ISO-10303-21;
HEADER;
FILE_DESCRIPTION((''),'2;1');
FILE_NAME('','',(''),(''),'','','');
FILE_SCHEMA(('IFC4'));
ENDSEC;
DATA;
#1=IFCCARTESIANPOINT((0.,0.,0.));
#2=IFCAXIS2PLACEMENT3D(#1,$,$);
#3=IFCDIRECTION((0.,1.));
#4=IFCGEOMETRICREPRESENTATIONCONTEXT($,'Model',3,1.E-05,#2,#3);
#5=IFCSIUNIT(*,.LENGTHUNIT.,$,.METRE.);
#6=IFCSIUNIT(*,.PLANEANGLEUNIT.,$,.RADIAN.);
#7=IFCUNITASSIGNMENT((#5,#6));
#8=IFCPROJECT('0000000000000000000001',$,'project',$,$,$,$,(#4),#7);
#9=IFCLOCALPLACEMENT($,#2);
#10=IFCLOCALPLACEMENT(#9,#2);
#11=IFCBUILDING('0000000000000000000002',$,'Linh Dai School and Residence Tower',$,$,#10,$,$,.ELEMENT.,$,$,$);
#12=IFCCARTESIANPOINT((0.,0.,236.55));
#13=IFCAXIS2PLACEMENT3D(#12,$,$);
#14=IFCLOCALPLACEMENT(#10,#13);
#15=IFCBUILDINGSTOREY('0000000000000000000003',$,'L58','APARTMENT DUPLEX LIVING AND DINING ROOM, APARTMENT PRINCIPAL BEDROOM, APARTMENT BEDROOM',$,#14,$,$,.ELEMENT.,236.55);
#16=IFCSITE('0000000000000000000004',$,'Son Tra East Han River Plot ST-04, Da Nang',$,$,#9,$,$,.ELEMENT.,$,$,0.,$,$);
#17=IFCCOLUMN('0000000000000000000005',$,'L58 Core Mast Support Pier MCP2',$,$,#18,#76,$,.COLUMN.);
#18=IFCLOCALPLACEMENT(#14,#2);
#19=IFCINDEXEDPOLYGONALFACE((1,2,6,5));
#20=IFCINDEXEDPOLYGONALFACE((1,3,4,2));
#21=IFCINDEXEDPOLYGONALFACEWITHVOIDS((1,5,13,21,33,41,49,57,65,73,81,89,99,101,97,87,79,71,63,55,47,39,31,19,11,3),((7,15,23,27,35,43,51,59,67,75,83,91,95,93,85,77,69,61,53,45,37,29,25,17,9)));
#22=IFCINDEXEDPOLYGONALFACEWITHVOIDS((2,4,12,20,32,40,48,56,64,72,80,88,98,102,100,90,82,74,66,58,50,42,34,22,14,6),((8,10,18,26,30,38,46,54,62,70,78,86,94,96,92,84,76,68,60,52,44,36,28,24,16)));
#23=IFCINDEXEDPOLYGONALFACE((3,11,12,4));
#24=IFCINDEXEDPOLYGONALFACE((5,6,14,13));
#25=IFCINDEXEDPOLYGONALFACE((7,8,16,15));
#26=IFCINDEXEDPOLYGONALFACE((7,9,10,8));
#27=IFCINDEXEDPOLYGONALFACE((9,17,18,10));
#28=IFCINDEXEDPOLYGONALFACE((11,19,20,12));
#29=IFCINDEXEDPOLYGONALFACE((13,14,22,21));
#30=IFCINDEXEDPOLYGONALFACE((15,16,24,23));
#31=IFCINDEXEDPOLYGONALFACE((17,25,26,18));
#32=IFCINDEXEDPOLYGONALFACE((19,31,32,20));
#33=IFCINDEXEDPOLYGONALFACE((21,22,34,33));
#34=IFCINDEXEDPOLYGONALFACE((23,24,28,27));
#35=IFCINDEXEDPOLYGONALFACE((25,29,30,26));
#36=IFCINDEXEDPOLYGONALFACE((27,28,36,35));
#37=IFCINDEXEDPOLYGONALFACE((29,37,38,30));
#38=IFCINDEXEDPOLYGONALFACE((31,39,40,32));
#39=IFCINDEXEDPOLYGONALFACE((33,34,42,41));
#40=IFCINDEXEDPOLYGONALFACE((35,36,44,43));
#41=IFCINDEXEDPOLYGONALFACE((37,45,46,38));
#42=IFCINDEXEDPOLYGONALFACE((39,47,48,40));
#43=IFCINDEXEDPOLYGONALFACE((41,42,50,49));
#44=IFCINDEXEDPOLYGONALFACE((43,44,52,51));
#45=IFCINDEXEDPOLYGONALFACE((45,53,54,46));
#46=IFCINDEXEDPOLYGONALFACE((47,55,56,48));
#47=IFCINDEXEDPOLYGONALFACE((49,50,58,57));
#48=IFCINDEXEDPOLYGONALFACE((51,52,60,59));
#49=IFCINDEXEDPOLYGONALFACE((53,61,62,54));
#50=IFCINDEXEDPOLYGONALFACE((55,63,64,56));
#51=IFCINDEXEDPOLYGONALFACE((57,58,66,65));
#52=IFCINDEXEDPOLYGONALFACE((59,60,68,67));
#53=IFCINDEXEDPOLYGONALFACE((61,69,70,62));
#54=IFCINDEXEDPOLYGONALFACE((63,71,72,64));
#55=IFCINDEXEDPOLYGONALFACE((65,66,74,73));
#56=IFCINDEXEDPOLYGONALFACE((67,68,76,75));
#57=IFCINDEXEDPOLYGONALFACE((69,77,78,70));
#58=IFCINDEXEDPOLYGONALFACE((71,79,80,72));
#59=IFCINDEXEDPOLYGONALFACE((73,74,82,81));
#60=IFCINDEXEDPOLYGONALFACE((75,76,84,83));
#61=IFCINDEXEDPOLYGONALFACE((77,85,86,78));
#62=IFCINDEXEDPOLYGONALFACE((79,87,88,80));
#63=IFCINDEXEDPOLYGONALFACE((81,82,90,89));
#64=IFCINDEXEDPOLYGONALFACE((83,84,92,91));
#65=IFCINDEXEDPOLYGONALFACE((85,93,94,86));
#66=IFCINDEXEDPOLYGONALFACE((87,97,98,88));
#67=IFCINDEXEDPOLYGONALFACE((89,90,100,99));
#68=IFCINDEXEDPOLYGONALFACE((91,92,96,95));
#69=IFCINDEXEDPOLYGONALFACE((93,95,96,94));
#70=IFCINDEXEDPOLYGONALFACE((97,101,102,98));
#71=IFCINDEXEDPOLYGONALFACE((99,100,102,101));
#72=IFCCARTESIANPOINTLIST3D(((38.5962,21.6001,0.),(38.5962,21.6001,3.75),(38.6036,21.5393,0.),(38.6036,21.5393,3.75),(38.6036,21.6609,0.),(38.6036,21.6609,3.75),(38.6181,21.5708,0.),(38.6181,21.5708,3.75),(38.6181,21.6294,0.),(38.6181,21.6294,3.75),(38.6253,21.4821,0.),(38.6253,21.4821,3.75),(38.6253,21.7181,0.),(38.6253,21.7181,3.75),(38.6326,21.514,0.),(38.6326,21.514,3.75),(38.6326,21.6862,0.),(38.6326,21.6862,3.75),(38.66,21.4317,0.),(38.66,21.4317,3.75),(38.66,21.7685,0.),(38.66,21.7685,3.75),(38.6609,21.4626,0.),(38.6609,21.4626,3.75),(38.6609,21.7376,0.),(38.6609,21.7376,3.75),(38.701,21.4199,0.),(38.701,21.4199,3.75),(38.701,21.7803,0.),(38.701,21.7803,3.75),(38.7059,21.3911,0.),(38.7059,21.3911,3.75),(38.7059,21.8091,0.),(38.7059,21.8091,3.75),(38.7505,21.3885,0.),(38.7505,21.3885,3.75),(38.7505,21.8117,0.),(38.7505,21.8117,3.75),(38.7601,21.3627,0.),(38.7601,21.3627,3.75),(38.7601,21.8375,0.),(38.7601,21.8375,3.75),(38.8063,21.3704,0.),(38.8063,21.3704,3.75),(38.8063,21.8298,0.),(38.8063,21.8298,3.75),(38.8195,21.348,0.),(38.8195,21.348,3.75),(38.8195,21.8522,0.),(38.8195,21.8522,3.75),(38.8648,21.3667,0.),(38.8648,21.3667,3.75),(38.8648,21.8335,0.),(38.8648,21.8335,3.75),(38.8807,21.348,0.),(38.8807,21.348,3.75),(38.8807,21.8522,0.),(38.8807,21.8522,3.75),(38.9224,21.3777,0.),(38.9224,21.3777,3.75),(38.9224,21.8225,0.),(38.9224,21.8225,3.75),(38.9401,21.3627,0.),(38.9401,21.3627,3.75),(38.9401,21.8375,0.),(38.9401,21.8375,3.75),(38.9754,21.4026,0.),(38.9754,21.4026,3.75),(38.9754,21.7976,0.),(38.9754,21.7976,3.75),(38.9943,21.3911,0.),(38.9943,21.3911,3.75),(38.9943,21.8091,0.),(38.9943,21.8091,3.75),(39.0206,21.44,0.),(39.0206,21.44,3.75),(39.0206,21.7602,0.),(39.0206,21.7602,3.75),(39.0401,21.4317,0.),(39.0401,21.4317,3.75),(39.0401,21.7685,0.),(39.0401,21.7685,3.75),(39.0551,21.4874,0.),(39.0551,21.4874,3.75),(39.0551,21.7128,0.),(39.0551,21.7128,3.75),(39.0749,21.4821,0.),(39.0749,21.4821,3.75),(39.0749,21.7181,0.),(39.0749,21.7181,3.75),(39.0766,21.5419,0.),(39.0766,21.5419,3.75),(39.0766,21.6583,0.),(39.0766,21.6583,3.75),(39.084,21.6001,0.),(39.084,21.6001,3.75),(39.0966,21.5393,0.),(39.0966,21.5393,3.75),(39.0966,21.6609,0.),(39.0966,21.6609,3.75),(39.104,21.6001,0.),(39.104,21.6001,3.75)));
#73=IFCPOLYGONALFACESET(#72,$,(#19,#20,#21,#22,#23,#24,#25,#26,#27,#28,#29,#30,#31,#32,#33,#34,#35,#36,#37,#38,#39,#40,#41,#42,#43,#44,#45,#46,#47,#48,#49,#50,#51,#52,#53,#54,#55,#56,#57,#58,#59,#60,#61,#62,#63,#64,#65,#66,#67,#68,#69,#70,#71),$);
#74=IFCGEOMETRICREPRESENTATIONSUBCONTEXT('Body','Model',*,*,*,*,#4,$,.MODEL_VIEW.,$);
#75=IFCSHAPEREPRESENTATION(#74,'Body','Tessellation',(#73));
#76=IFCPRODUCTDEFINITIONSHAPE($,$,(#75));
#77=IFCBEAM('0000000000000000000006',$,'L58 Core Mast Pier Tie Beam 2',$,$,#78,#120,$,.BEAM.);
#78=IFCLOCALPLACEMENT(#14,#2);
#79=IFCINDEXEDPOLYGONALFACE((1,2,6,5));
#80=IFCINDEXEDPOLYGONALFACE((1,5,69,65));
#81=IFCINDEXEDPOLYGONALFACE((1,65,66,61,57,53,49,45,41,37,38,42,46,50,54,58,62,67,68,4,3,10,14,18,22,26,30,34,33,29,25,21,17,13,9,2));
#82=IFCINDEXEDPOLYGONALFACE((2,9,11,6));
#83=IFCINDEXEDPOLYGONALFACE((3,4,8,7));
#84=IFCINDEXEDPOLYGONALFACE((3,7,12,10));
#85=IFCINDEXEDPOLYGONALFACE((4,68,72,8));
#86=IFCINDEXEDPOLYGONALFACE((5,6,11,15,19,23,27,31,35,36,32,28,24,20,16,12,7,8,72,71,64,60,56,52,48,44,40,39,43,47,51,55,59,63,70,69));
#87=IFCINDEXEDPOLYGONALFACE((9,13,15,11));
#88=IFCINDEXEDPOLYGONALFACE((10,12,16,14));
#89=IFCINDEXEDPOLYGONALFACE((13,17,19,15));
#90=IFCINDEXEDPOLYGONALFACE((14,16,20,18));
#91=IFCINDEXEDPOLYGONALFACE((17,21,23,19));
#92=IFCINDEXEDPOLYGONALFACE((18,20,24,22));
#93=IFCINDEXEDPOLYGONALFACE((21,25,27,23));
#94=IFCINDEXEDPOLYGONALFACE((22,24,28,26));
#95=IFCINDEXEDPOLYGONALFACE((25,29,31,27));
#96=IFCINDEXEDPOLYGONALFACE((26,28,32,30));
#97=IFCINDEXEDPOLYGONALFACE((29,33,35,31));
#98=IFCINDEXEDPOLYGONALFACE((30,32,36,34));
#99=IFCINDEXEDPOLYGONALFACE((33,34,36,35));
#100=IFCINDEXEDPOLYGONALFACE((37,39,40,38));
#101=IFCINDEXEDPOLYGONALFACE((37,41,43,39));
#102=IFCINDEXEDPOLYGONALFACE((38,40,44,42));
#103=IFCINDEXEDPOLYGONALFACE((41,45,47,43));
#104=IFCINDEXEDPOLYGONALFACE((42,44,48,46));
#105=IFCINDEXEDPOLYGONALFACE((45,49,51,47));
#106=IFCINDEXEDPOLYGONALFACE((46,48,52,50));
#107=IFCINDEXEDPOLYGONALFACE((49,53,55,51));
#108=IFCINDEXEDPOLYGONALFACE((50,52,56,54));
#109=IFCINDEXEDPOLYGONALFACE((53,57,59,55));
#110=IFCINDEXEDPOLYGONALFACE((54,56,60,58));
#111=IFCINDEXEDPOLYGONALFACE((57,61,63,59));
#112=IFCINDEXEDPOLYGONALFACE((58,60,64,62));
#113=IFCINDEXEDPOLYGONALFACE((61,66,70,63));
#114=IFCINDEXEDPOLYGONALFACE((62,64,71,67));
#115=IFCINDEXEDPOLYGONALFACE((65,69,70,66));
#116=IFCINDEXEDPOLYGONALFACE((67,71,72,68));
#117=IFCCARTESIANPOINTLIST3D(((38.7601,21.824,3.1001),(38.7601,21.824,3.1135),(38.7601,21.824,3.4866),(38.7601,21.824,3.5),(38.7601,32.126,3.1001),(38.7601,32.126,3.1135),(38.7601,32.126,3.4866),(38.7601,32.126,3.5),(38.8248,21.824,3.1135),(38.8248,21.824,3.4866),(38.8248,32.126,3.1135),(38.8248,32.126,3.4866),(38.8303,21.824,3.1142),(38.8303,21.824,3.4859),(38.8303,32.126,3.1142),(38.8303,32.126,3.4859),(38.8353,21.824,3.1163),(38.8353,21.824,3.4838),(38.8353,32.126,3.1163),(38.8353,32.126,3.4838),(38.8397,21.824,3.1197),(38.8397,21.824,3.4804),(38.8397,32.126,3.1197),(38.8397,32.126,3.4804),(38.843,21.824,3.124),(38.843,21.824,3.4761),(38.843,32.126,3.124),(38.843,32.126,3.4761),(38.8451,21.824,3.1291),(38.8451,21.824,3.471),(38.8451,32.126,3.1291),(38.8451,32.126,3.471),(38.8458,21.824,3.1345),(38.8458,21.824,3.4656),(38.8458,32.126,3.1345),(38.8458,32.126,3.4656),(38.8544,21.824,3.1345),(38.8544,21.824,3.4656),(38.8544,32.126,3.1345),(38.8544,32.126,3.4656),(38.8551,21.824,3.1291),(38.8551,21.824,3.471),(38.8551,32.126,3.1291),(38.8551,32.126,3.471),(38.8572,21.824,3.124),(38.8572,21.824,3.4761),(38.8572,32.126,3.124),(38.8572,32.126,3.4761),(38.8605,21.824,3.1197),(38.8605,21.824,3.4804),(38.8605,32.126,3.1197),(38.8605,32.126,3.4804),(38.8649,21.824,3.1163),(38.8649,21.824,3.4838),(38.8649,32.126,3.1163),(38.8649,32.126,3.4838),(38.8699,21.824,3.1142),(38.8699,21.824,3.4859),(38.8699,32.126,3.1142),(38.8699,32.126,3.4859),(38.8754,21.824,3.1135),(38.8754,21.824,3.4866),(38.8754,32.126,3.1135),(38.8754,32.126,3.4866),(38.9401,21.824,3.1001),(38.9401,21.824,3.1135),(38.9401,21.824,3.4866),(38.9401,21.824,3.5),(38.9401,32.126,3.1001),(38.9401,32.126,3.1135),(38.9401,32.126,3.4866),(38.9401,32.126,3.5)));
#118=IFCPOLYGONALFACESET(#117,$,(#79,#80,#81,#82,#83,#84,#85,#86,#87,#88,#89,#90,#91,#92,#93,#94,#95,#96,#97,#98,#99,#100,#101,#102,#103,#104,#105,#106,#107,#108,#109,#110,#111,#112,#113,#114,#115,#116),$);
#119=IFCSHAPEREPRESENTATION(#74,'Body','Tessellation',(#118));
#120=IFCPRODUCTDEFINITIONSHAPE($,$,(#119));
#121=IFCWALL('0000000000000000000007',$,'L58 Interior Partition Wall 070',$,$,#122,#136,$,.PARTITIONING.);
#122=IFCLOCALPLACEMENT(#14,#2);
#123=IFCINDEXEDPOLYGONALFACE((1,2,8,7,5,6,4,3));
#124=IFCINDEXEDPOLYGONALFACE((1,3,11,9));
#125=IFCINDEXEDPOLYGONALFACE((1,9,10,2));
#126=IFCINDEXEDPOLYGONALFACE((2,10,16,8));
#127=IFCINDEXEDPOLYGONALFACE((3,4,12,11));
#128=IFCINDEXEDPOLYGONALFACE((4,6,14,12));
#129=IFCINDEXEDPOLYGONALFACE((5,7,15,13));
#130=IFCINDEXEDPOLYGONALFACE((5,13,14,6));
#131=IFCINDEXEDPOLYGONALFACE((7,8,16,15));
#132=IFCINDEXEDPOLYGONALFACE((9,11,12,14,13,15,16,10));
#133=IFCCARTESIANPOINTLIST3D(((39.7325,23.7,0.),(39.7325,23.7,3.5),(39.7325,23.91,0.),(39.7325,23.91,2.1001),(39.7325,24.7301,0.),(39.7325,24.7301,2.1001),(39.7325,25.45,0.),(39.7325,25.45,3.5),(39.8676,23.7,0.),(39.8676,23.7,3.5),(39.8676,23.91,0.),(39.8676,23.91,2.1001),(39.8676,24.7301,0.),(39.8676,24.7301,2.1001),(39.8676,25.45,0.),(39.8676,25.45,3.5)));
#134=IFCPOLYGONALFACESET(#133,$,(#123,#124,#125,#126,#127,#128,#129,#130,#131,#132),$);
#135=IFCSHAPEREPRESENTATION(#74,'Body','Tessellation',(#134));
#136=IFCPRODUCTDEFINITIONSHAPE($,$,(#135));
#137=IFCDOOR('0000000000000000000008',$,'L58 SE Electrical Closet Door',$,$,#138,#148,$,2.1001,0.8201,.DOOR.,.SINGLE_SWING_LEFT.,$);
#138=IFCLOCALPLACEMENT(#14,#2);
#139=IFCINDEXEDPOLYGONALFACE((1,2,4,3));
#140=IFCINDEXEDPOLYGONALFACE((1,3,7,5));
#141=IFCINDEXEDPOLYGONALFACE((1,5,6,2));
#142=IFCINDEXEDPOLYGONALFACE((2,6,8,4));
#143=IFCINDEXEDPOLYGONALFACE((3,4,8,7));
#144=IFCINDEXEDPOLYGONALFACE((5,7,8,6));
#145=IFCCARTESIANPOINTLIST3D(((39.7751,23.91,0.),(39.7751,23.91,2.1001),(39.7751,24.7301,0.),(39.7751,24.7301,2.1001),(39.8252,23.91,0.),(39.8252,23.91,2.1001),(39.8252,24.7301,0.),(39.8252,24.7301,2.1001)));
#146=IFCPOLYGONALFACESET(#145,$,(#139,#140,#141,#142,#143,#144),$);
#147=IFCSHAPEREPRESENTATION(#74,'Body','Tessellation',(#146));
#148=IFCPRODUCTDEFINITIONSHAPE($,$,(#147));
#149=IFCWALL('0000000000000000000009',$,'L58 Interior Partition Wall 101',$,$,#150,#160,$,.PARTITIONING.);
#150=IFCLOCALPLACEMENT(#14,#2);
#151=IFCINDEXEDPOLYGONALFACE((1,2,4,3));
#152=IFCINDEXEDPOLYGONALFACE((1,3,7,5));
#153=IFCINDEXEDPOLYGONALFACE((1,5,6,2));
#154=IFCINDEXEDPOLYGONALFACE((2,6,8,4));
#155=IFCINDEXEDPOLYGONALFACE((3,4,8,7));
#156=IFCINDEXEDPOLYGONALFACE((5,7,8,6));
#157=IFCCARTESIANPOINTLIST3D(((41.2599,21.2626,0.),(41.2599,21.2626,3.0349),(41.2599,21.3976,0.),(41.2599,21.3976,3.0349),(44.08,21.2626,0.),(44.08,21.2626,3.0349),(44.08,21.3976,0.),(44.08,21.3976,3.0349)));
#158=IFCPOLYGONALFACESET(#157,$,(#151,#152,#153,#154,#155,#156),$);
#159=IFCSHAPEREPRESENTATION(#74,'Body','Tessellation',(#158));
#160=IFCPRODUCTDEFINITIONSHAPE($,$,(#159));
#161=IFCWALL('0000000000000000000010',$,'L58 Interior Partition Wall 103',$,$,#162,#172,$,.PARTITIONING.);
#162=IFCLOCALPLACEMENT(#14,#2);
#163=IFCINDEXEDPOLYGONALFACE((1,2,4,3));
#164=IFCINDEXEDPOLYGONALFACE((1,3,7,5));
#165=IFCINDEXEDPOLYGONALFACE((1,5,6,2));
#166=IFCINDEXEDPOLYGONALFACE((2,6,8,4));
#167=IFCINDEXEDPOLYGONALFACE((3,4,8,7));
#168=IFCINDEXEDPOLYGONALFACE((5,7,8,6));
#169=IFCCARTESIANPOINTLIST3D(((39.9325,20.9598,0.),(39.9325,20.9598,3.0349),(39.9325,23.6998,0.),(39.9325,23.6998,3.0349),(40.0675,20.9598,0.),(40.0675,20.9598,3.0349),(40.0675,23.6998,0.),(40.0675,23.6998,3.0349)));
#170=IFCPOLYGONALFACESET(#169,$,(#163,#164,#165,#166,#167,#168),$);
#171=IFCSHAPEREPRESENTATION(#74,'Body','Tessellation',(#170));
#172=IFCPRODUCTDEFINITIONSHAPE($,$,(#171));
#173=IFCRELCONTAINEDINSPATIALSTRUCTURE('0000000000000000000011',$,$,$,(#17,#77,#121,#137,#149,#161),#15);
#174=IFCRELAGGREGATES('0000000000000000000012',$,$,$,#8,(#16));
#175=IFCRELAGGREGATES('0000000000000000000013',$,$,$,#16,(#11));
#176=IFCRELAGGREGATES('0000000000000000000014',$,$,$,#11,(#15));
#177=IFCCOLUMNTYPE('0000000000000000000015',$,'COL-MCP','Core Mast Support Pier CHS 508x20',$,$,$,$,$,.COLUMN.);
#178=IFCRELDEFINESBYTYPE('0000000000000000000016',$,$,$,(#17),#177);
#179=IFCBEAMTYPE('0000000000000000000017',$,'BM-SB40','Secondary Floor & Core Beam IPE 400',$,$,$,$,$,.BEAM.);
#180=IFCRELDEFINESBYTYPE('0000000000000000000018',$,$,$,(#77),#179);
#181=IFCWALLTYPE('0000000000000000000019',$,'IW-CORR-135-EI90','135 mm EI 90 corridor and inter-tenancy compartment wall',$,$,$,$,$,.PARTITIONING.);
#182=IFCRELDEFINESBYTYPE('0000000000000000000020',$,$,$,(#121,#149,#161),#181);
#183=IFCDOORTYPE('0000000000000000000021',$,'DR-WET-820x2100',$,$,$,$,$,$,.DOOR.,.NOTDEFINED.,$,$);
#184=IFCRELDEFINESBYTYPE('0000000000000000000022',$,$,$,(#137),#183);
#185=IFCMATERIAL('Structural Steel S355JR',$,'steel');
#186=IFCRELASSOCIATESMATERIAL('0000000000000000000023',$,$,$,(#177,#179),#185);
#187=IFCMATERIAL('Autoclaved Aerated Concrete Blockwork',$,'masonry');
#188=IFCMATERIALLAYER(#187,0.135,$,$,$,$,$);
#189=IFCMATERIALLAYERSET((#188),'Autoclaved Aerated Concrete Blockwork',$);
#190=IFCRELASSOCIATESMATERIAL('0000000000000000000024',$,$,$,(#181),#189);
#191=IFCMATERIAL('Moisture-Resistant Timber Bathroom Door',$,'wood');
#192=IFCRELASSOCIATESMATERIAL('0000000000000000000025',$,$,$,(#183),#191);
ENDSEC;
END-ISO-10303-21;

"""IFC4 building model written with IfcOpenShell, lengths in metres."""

from ifc_helpers import new_model, si_unit, direction, frame, frame_2d, origin, origin_2d, place, context, subcontext, project, spatial, rectangle, hollow_circle, i_section, extrude, source, transform, mapped, material, layer, layer_set, material_profile, profile_set, type_object, element, fill, save


model = new_model("IFC4")

# Units and contexts
model_context = context("Model", 3, precision=1e-05, world=origin(), true_north=direction((0.0, 1.0)))
body_context = subcontext(model_context, "Body", "Model", "MODEL_VIEW")
ifc_project = project(units=[si_unit("LENGTHUNIT", "METRE"), si_unit("PLANEANGLEUNIT", "RADIAN")], contexts=[model_context])

# Site, building, storey
site_placement = place(None, origin())
site = spatial("IfcSite", under=ifc_project, at=site_placement, Name="Son Tra East Han River Plot ST-04, Da Nang", CompositionType="ELEMENT", RefElevation=0.0)
building_placement = place(site_placement, origin())
building = spatial("IfcBuilding", under=site, at=building_placement, Name="Linh Dai School and Residence Tower", CompositionType="ELEMENT")
storey_placement = place(building_placement, frame((0.0, 0.0, 236.55)))
storey = spatial("IfcBuildingStorey", under=building, at=storey_placement, Name="L58", Description="APARTMENT DUPLEX LIVING AND DINING ROOM, APARTMENT PRINCIPAL BEDROOM, APARTMENT BEDROOM", CompositionType="ELEMENT", Elevation=236.55)

# Column
ifc_material_1 = material(Name="Structural Steel S355JR", Category="steel")
ifc_material_profile_1 = material_profile(ifc_material_1, hollow_circle(Radius=0.2539, WallThickness=0.02, at=origin_2d()), Name="CHS 508x20")
ifc_profile_set_1 = profile_set([ifc_material_profile_1], Name="Structural Steel S355JR")
column_type_1 = type_object("IfcColumnType", Name="COL-MCP", Description="Core Mast Support Pier CHS 508x20", PredefinedType="COLUMN", material=ifc_profile_set_1)
column_placement = place(storey_placement, frame((38.8501, 21.6001, 0.0), z_axis=(0.0, 0.0, 1.0), x_axis=(1.0, 0.0, 0.0)))
element("IfcColumn", 1, at=column_placement, inside=storey, type_object=column_type_1, Name="L58 Core Mast Support Pier MCP2", PredefinedType="COLUMN", context=body_context, shape_type="SweptSolid", body=[
    extrude(hollow_circle(Radius=0.2539, WallThickness=0.02, at=origin_2d()), origin(), (0.0, 0.0, 1.0), 3.75),
])

# Beam
ifc_material_profile_2 = material_profile(ifc_material_1, i_section(OverallWidth=0.1799, OverallDepth=0.3999, WebThickness=0.0085, FlangeThickness=0.0134, FilletRadius=0.021, at=origin_2d()), Name="IPE 400")
ifc_profile_set_2 = profile_set([ifc_material_profile_2], Name="Structural Steel S355JR")
beam_type = type_object("IfcBeamType", Name="BM-SB40", Description="Secondary Floor & Core Beam IPE 400", PredefinedType="BEAM", material=ifc_profile_set_2)
beam_placement = place(storey_placement, frame((38.8501, 21.824, 3.3), z_axis=(0.0, 1.0, 0.0), x_axis=(-1.0, 0.0, 0.0)))
element("IfcBeam", 2, at=beam_placement, inside=storey, type_object=beam_type, Name="L58 Core Mast Pier Tie Beam 2", PredefinedType="BEAM", context=body_context, shape_type="SweptSolid", body=[
    extrude(i_section(OverallWidth=0.1799, OverallDepth=0.3999, WebThickness=0.0085, FlangeThickness=0.0134, FilletRadius=0.021, at=origin_2d()), origin(), (0.0, 0.0, 1.0), 10.302),
])

# Wall, opening, door
ifc_material_2 = material(Name="Autoclaved Aerated Concrete Blockwork", Category="masonry")
ifc_layer_1 = layer(ifc_material_2, 0.135)
ifc_layer_set_1 = layer_set([ifc_layer_1], Name="Autoclaved Aerated Concrete Blockwork")
wall_type_1 = type_object("IfcWallType", Name="IW-CORR-135-EI90", Description="135 mm EI 90 corridor and inter-tenancy compartment wall", PredefinedType="PARTITIONING", material=ifc_layer_set_1)
wall_1_placement = place(storey_placement, frame((39.8, 23.7, 0.0), z_axis=(0.0, 0.0, 1.0), x_axis=(0.0, 1.0, 0.0)))
wall_1 = element("IfcWall", 3, at=wall_1_placement, inside=storey, type_object=wall_type_1, Name="L58 Interior Partition Wall 070", PredefinedType="PARTITIONING", context=body_context, shape_type="SweptSolid", body=[
    extrude(rectangle(XDim=1.75, YDim=0.135, at=frame_2d((0.875, 0.0))), origin(), (0.0, 0.0, 1.0), 3.5),
])
opening_1_placement = place(wall_1_placement, frame((0.21, 0.0, 0.0)))
opening_1 = element("IfcOpeningElement", 4, at=opening_1_placement, cuts=wall_1, PredefinedType="OPENING", context=body_context, shape_type="SweptSolid", body=[
    extrude(rectangle(XDim=0.8201, YDim=2.1001, at=origin_2d()), frame((0.4102, 0.0776, 1.05), z_axis=(0.0, -1.0, 0.0), x_axis=(1.0, 0.0, 0.0)), (0.0, 0.0, 1.0), 0.155),
])
ifc_material_3 = material(Name="Moisture-Resistant Timber Bathroom Door", Category="wood")
door_type_1 = type_object("IfcDoorType", Name="DR-WET-820x2100", OperationType="NOTDEFINED", PredefinedType="DOOR", material=ifc_material_3)
shared_shape_1 = source(origin(), body_context, "Body", "SweptSolid", [
    extrude(rectangle(XDim=0.8201, YDim=2.1001, at=origin_2d()), frame((0.4102, 0.0249, 1.05), z_axis=(0.0, -1.0, 0.0), x_axis=(1.0, 0.0, 0.0)), (0.0, 0.0, 1.0), 0.05),
])
door_1_placement = place(opening_1_placement, origin())
door_1 = element("IfcDoor", 5, at=door_1_placement, inside=storey, type_object=door_type_1, Name="L58 SE Electrical Closet Door", OperationType="SINGLE_SWING_LEFT", OverallHeight=2.1001, OverallWidth=0.8201, PredefinedType="DOOR", context=body_context, shape_type="MappedRepresentation", body=[
    mapped(shared_shape_1, transform((0.0, 0.0, 0.0), x_axis=(1.0, 0.0, 0.0), y_axis=(0.0, 1.0, 0.0), z_axis=(0.0, 0.0, 1.0), scale=1.0)),
])
fill(opening_1, door_1)

# Walls
wall_2_placement = place(storey_placement, frame((44.0801, 21.3301, 0.0), z_axis=(0.0, 0.0, 1.0), x_axis=(-1.0, 0.0, 0.0)))
element("IfcWall", 6, at=wall_2_placement, inside=storey, type_object=wall_type_1, Name="L58 Interior Partition Wall 101", PredefinedType="PARTITIONING", context=body_context, shape_type="SweptSolid", body=[
    extrude(rectangle(XDim=2.8201, YDim=0.135, at=frame_2d((1.4102, 0.0))), origin(), (0.0, 0.0, 1.0), 3.0349),
])
wall_3_placement = place(storey_placement, frame((40.0, 23.7, 0.0), z_axis=(0.0, 0.0, 1.0), x_axis=(0.0, -1.0, 0.0)))
element("IfcWall", 7, at=wall_3_placement, inside=storey, type_object=wall_type_1, Name="L58 Interior Partition Wall 103", PredefinedType="PARTITIONING", context=body_context, shape_type="SweptSolid", body=[
    extrude(rectangle(XDim=2.74, YDim=0.135, at=frame_2d((1.3701, 0.0))), origin(), (0.0, 0.0, 1.0), 3.0349),
])

save(model, "model.ifc")
